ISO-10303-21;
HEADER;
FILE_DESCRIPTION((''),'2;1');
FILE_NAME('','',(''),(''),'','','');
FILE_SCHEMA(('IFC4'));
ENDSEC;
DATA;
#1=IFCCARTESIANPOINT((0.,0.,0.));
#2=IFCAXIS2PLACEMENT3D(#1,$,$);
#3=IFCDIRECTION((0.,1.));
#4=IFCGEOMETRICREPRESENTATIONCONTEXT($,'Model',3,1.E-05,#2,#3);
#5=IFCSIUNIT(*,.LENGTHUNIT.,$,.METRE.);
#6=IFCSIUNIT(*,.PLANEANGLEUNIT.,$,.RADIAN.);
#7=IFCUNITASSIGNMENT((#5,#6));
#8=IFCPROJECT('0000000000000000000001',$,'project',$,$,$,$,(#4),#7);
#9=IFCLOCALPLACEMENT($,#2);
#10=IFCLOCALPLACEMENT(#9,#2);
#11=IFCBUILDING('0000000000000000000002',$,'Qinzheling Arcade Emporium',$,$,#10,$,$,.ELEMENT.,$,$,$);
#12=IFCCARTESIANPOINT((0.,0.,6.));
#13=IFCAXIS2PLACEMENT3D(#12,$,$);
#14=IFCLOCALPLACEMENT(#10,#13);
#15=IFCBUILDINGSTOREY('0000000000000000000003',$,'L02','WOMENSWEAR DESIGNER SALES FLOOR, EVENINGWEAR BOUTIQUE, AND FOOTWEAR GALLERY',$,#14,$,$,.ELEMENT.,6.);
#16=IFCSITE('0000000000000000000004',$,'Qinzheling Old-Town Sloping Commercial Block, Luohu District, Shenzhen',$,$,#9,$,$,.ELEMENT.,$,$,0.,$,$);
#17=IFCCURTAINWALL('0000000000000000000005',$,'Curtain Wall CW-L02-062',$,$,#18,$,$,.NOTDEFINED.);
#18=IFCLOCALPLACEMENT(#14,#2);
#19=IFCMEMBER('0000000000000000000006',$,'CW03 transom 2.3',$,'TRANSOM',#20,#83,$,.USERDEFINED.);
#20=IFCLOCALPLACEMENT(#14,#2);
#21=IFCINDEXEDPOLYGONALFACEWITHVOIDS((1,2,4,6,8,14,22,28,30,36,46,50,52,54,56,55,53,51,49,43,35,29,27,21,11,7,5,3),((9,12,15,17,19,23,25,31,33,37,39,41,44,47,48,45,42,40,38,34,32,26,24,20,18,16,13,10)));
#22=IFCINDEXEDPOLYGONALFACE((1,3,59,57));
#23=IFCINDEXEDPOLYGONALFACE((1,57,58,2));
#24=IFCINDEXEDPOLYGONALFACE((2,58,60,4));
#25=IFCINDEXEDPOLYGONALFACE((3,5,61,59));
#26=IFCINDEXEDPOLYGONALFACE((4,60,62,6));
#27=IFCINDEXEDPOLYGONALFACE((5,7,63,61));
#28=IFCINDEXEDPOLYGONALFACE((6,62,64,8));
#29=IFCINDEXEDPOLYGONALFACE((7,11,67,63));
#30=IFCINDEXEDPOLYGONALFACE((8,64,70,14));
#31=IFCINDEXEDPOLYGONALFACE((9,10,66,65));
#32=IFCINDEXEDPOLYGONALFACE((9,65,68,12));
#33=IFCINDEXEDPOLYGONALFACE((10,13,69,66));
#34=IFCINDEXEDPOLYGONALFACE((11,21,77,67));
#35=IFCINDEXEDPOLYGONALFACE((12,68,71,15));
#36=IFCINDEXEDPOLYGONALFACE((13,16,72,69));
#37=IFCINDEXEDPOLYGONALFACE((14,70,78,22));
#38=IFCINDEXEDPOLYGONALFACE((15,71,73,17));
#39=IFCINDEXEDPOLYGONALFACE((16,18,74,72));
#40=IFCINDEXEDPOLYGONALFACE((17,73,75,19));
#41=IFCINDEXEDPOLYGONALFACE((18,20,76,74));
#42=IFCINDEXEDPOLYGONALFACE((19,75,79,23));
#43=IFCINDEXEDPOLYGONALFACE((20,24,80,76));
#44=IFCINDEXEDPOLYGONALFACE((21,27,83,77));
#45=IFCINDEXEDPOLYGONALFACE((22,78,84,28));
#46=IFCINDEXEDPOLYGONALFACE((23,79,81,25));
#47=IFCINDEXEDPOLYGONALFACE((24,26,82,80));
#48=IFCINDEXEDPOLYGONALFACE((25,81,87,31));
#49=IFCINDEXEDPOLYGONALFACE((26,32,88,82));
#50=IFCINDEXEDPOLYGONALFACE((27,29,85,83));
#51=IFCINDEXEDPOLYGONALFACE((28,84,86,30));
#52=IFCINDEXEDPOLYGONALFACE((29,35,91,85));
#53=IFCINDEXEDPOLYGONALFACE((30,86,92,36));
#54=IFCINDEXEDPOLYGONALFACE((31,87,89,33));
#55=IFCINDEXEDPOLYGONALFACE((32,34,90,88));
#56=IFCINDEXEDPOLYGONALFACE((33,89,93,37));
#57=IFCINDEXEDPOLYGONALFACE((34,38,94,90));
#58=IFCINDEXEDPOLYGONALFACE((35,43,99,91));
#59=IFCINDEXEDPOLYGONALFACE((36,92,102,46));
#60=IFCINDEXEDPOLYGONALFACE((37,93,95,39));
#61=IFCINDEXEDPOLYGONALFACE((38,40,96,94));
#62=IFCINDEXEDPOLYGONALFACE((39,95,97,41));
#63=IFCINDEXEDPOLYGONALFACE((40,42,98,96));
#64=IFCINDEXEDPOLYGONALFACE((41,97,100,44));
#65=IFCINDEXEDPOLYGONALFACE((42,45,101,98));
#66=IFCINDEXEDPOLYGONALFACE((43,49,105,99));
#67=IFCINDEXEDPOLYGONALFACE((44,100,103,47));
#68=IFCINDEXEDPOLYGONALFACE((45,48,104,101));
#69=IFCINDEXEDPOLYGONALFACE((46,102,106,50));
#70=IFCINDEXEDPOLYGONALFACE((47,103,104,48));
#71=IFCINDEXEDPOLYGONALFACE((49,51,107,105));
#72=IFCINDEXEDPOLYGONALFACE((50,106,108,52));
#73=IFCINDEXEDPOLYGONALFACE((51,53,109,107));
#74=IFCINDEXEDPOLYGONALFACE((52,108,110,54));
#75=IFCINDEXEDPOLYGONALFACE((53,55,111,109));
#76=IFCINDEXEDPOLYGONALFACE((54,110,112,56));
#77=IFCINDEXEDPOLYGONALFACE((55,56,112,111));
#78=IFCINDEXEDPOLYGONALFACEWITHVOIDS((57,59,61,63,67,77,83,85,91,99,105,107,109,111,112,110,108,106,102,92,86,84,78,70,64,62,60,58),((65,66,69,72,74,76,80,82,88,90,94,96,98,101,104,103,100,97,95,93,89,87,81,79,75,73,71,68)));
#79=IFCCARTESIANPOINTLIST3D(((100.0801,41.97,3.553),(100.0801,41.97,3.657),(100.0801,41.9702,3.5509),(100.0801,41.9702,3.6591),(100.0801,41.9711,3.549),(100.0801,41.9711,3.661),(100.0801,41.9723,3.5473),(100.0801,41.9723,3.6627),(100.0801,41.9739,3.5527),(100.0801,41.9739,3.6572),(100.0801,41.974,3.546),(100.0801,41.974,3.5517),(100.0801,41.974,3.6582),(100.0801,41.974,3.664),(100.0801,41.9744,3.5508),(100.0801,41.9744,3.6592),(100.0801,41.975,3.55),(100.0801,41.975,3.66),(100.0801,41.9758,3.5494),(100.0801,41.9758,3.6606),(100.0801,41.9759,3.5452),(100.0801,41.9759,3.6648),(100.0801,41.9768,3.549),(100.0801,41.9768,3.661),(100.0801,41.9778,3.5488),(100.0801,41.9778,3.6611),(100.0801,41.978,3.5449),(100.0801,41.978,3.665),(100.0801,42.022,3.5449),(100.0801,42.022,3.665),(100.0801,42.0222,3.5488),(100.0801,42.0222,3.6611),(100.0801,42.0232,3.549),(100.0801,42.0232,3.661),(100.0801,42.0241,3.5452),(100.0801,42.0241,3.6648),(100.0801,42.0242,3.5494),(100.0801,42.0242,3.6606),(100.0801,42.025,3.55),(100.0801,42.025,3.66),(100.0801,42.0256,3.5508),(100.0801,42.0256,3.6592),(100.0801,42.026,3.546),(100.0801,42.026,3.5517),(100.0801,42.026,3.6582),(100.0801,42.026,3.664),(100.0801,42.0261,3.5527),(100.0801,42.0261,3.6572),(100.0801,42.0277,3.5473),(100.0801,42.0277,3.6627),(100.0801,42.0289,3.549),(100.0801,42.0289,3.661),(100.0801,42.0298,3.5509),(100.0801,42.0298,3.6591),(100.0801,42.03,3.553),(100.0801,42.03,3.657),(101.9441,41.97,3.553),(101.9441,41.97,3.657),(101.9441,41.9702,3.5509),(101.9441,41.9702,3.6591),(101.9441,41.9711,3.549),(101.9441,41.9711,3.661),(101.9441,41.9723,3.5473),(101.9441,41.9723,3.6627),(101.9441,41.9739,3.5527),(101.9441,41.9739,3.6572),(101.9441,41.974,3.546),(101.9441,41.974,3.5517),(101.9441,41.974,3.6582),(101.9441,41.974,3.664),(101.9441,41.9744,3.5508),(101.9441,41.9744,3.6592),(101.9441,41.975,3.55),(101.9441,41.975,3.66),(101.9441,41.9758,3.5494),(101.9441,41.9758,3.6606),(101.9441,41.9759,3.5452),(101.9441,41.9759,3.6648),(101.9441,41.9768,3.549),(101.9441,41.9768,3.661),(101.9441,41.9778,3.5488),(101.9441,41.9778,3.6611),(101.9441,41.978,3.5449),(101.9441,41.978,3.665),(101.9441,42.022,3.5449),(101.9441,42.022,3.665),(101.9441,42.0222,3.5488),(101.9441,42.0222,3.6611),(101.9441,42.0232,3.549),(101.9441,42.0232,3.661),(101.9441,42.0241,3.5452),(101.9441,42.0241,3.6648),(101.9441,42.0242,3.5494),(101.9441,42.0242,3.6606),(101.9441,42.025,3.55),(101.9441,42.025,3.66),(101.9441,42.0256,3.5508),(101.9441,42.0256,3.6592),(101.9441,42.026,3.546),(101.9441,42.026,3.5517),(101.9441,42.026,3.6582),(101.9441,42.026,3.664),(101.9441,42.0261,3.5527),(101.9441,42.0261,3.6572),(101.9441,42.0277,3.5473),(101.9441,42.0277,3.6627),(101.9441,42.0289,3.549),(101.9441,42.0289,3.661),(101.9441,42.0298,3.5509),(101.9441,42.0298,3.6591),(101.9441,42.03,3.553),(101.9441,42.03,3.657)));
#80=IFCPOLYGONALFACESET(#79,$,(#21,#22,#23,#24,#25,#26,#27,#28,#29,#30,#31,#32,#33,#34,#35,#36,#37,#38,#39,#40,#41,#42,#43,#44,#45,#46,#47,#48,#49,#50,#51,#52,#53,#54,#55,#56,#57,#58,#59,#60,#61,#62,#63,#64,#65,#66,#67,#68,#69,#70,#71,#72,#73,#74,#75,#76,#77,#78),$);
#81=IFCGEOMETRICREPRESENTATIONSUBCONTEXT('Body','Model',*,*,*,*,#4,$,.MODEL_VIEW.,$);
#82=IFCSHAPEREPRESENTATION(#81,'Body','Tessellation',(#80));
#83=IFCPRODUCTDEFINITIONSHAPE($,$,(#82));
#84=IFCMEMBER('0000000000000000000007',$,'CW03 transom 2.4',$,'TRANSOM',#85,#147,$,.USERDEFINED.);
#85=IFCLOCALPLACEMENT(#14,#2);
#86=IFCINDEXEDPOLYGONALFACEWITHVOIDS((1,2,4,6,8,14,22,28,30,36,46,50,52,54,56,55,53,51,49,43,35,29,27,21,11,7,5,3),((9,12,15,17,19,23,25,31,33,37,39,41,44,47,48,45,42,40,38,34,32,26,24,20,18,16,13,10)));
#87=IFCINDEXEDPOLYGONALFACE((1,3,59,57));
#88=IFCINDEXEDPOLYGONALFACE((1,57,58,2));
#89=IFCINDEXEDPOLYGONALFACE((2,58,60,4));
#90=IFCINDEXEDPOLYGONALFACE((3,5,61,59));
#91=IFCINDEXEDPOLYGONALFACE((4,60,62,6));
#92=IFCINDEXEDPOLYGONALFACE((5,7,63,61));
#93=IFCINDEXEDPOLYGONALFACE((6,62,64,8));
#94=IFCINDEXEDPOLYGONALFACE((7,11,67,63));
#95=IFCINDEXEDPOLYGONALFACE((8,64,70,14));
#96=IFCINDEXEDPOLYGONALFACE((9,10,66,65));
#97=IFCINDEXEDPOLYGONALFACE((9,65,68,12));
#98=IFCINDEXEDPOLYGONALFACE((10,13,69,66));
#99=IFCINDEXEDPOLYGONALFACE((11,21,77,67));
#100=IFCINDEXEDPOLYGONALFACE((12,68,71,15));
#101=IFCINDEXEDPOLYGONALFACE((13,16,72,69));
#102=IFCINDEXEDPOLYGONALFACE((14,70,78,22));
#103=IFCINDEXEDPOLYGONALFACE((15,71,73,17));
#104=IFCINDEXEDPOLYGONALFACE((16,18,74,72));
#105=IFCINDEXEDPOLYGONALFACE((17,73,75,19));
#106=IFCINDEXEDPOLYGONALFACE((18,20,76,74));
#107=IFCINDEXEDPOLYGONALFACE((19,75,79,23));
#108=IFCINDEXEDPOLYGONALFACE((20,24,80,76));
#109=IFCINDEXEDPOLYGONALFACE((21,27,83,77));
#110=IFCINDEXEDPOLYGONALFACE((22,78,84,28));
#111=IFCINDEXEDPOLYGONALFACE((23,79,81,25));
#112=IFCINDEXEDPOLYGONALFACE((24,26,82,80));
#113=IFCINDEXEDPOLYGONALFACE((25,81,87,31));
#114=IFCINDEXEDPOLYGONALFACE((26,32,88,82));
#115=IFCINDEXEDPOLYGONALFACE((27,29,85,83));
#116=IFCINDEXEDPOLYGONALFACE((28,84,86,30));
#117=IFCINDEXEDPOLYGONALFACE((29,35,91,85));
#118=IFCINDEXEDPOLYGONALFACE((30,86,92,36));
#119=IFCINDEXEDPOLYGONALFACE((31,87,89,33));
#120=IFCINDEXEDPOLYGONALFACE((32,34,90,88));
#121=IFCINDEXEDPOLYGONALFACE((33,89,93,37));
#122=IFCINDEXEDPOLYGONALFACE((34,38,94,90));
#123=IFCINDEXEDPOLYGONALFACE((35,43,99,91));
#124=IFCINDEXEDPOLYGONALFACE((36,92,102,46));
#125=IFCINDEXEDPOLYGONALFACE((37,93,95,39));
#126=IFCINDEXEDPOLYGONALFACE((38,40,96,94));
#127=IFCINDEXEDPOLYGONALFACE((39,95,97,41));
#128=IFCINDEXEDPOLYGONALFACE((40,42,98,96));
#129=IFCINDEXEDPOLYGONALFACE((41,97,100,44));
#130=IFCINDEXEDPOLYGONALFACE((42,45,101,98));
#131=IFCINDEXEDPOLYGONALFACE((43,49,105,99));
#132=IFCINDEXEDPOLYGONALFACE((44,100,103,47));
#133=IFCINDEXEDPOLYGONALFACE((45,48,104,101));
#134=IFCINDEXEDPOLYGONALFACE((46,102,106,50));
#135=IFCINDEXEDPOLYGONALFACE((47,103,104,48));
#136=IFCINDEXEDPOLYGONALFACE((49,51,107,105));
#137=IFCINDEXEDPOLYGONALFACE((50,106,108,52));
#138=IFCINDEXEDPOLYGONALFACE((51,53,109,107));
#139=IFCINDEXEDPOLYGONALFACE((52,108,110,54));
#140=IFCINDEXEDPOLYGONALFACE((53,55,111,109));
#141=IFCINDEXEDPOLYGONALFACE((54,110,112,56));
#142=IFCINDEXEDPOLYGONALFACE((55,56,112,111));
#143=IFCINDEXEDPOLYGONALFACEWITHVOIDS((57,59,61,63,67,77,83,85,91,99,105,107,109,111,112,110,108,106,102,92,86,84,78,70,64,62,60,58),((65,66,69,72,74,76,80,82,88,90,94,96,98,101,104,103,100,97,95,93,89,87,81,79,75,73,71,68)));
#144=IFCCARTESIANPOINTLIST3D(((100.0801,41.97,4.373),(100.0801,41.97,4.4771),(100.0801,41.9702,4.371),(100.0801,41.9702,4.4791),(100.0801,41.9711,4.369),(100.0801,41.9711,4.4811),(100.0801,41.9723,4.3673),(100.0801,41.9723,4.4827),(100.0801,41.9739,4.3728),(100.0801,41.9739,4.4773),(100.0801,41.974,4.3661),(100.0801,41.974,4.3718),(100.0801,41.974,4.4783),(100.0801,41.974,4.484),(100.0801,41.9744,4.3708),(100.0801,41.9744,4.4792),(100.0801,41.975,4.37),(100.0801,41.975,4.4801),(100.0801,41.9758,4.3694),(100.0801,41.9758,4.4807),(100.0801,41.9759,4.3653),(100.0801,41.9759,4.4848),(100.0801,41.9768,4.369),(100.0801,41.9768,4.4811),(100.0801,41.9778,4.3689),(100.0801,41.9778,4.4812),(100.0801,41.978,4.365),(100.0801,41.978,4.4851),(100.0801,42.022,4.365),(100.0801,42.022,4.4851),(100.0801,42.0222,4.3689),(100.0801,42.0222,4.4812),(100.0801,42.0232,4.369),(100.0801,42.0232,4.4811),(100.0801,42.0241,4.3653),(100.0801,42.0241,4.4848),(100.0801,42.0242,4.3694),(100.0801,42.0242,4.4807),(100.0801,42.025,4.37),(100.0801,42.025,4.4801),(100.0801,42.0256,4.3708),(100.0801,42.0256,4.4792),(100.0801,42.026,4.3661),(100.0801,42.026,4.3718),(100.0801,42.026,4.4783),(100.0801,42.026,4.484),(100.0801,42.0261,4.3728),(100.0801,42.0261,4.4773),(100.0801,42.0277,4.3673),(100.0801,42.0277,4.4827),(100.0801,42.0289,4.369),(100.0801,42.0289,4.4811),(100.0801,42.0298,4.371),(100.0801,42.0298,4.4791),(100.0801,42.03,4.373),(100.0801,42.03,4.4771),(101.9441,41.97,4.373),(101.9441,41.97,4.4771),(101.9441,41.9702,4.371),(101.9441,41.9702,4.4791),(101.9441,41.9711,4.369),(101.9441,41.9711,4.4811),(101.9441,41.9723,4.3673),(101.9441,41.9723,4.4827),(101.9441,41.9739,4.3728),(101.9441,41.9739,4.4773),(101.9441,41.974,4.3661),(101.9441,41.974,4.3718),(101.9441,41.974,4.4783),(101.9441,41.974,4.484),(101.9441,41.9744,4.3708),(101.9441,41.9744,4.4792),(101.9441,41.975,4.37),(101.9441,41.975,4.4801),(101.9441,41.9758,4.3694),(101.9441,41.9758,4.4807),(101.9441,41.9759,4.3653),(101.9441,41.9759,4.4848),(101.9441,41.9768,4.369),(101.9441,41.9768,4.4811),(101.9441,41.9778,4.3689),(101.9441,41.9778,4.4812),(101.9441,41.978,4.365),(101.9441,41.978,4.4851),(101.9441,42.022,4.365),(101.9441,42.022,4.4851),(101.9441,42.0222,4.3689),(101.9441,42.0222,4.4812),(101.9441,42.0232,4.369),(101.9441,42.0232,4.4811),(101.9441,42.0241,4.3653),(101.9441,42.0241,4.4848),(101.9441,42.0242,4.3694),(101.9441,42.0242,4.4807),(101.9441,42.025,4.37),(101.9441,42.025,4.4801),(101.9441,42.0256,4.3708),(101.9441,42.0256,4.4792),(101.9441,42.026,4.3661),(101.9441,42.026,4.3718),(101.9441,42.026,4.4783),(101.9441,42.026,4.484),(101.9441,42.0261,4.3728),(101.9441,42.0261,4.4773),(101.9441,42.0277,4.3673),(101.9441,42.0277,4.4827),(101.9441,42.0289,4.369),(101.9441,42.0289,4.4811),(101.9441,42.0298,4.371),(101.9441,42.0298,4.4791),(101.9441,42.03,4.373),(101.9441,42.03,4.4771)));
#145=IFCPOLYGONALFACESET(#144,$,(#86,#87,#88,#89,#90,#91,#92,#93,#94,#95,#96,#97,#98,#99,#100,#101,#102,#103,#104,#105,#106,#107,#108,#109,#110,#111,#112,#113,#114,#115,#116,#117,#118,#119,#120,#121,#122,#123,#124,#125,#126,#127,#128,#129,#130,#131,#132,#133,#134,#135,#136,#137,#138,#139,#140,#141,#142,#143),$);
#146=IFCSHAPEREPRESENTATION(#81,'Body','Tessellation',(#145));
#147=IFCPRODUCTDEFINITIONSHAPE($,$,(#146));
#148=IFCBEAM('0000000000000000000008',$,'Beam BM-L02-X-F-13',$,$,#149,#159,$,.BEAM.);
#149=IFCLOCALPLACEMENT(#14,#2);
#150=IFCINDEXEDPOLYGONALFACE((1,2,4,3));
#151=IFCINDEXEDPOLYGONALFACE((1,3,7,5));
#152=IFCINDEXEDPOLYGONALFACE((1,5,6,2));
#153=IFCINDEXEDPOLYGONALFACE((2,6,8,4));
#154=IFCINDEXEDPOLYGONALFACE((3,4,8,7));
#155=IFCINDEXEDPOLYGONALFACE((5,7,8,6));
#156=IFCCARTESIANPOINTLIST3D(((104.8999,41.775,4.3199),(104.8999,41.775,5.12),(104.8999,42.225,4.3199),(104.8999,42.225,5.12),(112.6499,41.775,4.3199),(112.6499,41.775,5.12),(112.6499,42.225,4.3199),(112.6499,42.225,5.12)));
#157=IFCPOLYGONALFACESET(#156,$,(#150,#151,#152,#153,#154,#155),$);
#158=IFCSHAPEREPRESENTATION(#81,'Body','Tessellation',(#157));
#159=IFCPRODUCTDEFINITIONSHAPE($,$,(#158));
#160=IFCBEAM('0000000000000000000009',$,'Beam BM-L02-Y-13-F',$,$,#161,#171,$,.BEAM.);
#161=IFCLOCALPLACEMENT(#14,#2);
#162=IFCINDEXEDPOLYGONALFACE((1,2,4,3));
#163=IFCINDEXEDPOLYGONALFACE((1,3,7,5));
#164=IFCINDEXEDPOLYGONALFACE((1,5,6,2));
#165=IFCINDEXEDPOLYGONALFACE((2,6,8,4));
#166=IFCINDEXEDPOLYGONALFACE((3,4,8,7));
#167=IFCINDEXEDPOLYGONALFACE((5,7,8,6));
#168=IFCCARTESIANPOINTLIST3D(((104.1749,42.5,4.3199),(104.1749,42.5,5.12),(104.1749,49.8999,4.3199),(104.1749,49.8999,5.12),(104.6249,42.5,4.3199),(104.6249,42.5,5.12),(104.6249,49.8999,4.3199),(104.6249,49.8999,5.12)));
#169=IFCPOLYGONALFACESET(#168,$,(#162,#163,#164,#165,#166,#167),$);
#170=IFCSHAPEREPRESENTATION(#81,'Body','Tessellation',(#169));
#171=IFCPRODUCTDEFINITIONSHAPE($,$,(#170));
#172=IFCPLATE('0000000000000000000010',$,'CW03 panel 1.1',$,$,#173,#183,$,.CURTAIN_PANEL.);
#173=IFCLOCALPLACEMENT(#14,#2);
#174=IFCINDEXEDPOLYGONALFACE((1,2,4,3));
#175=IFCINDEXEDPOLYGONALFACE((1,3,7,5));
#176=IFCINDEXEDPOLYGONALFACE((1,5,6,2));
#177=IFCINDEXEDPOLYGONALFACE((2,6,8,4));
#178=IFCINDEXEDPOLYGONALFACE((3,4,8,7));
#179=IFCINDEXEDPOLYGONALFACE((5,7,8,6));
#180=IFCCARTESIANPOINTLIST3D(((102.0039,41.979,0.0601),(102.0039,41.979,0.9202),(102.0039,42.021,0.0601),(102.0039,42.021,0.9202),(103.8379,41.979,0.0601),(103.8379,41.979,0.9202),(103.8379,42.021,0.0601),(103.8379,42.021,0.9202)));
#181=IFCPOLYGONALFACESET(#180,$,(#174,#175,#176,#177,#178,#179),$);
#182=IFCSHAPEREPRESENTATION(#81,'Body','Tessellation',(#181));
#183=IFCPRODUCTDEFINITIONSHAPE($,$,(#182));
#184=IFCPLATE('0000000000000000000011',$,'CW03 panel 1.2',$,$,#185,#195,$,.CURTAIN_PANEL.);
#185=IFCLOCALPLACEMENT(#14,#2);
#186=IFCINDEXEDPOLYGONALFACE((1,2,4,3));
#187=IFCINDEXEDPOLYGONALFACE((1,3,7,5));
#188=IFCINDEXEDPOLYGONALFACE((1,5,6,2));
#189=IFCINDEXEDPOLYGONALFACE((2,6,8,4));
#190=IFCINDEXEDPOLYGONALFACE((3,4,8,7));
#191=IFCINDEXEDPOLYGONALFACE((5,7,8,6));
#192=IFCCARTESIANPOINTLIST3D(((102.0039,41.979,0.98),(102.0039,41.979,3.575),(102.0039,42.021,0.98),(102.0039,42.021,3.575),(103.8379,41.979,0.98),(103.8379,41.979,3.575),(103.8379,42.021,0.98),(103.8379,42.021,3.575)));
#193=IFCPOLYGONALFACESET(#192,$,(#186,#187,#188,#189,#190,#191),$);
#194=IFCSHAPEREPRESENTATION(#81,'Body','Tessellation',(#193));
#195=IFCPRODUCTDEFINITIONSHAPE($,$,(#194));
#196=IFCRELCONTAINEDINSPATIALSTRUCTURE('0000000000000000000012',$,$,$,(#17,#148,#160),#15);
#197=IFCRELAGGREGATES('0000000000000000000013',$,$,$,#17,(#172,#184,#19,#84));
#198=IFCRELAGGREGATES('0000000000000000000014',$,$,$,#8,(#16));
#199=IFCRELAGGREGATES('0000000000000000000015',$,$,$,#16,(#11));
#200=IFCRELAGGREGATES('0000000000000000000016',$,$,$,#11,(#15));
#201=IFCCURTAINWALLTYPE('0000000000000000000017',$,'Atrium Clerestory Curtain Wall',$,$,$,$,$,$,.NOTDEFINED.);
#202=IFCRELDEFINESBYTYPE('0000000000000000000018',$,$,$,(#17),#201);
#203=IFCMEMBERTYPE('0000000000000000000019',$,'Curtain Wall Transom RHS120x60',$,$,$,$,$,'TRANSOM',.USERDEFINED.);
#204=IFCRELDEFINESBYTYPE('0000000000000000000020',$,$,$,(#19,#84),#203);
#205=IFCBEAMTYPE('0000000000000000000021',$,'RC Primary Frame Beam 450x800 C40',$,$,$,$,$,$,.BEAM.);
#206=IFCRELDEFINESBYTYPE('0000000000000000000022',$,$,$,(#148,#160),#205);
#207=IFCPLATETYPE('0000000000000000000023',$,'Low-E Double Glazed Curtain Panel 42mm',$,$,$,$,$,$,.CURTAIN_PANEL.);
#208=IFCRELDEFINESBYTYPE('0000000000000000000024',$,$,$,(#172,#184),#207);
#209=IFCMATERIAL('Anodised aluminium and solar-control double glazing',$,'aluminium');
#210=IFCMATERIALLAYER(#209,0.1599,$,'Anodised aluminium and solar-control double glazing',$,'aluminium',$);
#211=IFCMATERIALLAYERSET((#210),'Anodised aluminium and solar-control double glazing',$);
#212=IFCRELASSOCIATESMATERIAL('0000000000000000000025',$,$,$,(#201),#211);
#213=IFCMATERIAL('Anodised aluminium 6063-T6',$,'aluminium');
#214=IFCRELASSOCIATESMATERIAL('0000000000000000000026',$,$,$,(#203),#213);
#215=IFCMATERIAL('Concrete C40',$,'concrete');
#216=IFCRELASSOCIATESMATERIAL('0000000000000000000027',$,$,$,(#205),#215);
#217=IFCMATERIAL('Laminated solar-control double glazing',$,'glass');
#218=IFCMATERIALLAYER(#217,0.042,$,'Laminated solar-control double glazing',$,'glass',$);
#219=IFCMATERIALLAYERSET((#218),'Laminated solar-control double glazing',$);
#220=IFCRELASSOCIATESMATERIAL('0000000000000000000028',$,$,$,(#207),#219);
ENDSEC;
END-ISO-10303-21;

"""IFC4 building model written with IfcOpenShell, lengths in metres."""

from ifc_helpers import new_model, si_unit, direction, frame, origin, origin_2d, place, context, subcontext, project, spatial, rectangle, hollow_rectangle, extrude, material, layer, layer_set, material_profile, profile_set, type_object, element, aggregate, save


model = new_model("IFC4")

# Units and contexts
model_context = context("Model", 3, precision=1e-05, world=origin(), true_north=direction((0.0, 1.0)))
body_context = subcontext(model_context, "Body", "Model", "MODEL_VIEW")
ifc_project = project(units=[si_unit("LENGTHUNIT", "METRE"), si_unit("PLANEANGLEUNIT", "RADIAN")], contexts=[model_context])

# Site, building, storey
site_placement = place(None, origin())
site = spatial("IfcSite", under=ifc_project, at=site_placement, Name="Qinzheling Old-Town Sloping Commercial Block, Luohu District, Shenzhen", CompositionType="ELEMENT", RefElevation=0.0)
building_placement = place(site_placement, origin())
building = spatial("IfcBuilding", under=site, at=building_placement, Name="Qinzheling Arcade Emporium", CompositionType="ELEMENT")
storey_placement = place(building_placement, frame((0.0, 0.0, 6.0)))
storey = spatial("IfcBuildingStorey", under=building, at=storey_placement, Name="L02", Description="WOMENSWEAR DESIGNER SALES FLOOR, EVENINGWEAR BOUTIQUE, AND FOOTWEAR GALLERY", CompositionType="ELEMENT", Elevation=6.0)

# Curtain wall, members
ifc_material_1 = material(Name="Anodised aluminium and solar-control double glazing", Category="aluminium")
ifc_layer_1 = layer(ifc_material_1, 0.1599, Name="Anodised aluminium and solar-control double glazing", Category="aluminium")
ifc_layer_set_1 = layer_set([ifc_layer_1], Name="Anodised aluminium and solar-control double glazing")
curtain_wall_type = type_object("IfcCurtainWallType", Name="Atrium Clerestory Curtain Wall", PredefinedType="NOTDEFINED", material=ifc_layer_set_1)
curtain_wall_placement = place(storey_placement, origin())
curtain_wall = element("IfcCurtainWall", 1, at=curtain_wall_placement, inside=storey, type_object=curtain_wall_type, Name="Curtain Wall CW-L02-062", PredefinedType="NOTDEFINED")
ifc_material_2 = material(Name="Anodised aluminium 6063-T6", Category="aluminium")
ifc_material_profile_1 = material_profile(ifc_material_2, hollow_rectangle(XDim=0.0601, YDim=0.1201, WallThickness=0.0039, InnerFilletRadius=0.0039, OuterFilletRadius=0.0081, at=origin_2d()), Name="RHS 120x60x4", Category="aluminium")
ifc_profile_set_1 = profile_set([ifc_material_profile_1], Name="Anodised aluminium 6063-T6")
member_type_1 = type_object("IfcMemberType", Name="Curtain Wall Transom RHS120x60", ElementType="TRANSOM", PredefinedType="USERDEFINED", material=ifc_profile_set_1)
member_1_placement = place(storey_placement, frame((101.9441, 42.0, 3.605), z_axis=(-1.0, 0.0, 0.0), x_axis=(0.0, -1.0, 0.0)))
member_1 = element("IfcMember", 2, at=member_1_placement, type_object=member_type_1, Name="CW03 transom 2.3", ObjectType="TRANSOM", PredefinedType="USERDEFINED", context=body_context, shape_type="SweptSolid", body=[
    extrude(hollow_rectangle(XDim=0.0601, YDim=0.1201, WallThickness=0.0039, InnerFilletRadius=0.0039, OuterFilletRadius=0.0081, at=origin_2d()), origin(), (0.0, 0.0, 1.0), 1.864),
])
member_2_placement = place(storey_placement, frame((101.9441, 42.0, 4.425), z_axis=(-1.0, 0.0, 0.0), x_axis=(0.0, -1.0, 0.0)))
member_2 = element("IfcMember", 3, at=member_2_placement, type_object=member_type_1, Name="CW03 transom 2.4", ObjectType="TRANSOM", PredefinedType="USERDEFINED", context=body_context, shape_type="SweptSolid", body=[
    extrude(hollow_rectangle(XDim=0.0601, YDim=0.1201, WallThickness=0.0039, InnerFilletRadius=0.0039, OuterFilletRadius=0.0081, at=origin_2d()), origin(), (0.0, 0.0, 1.0), 1.864),
])

# Beams
ifc_material_3 = material(Name="Concrete C40", Category="concrete")
ifc_material_profile_2 = material_profile(ifc_material_3, rectangle(XDim=0.45, YDim=0.8, at=origin_2d()), Name="RC 450x800", Category="concrete")
ifc_profile_set_2 = profile_set([ifc_material_profile_2], Name="Concrete C40")
beam_type = type_object("IfcBeamType", Name="RC Primary Frame Beam 450x800 C40", PredefinedType="BEAM", material=ifc_profile_set_2)
beam_1_placement = place(storey_placement, frame((104.8999, 42.0, 4.72), z_axis=(1.0, 0.0, 0.0), x_axis=(0.0, 1.0, 0.0)))
element("IfcBeam", 4, at=beam_1_placement, inside=storey, type_object=beam_type, Name="Beam BM-L02-X-F-13", PredefinedType="BEAM", context=body_context, shape_type="SweptSolid", body=[
    extrude(rectangle(XDim=0.45, YDim=0.8, at=origin_2d()), origin(), (0.0, 0.0, 1.0), 7.75),
])
beam_2_placement = place(storey_placement, frame((104.3999, 42.5, 4.72), z_axis=(0.0, 1.0, 0.0), x_axis=(-1.0, 0.0, 0.0)))
element("IfcBeam", 5, at=beam_2_placement, inside=storey, type_object=beam_type, Name="Beam BM-L02-Y-13-F", PredefinedType="BEAM", context=body_context, shape_type="SweptSolid", body=[
    extrude(rectangle(XDim=0.45, YDim=0.8, at=origin_2d()), origin(), (0.0, 0.0, 1.0), 7.3999),
])

# Plates
ifc_material_4 = material(Name="Laminated solar-control double glazing", Category="glass")
ifc_layer_2 = layer(ifc_material_4, 0.042, Name="Laminated solar-control double glazing", Category="glass")
ifc_layer_set_2 = layer_set([ifc_layer_2], Name="Laminated solar-control double glazing")
plate_type = type_object("IfcPlateType", Name="Low-E Double Glazed Curtain Panel 42mm", PredefinedType="CURTAIN_PANEL", material=ifc_layer_set_2)
plate_1_placement = place(storey_placement, frame((102.9209, 42.0, 0.0601), z_axis=(0.0, 0.0, 1.0), x_axis=(-1.0, 0.0, 0.0)))
plate_1 = element("IfcPlate", 6, at=plate_1_placement, type_object=plate_type, Name="CW03 panel 1.1", PredefinedType="CURTAIN_PANEL", context=body_context, shape_type="SweptSolid", body=[
    extrude(rectangle(XDim=1.834, YDim=0.042, at=origin_2d()), origin(), (0.0, 0.0, 1.0), 0.8601),
])
plate_2_placement = place(storey_placement, frame((102.9209, 42.0, 0.98), z_axis=(0.0, 0.0, 1.0), x_axis=(-1.0, 0.0, 0.0)))
plate_2 = element("IfcPlate", 7, at=plate_2_placement, type_object=plate_type, Name="CW03 panel 1.2", PredefinedType="CURTAIN_PANEL", context=body_context, shape_type="SweptSolid", body=[
    extrude(rectangle(XDim=1.834, YDim=0.042, at=origin_2d()), origin(), (0.0, 0.0, 1.0), 2.595),
])
aggregate(curtain_wall, [plate_1, plate_2, member_1, member_2])

save(model, "model.ifc")
